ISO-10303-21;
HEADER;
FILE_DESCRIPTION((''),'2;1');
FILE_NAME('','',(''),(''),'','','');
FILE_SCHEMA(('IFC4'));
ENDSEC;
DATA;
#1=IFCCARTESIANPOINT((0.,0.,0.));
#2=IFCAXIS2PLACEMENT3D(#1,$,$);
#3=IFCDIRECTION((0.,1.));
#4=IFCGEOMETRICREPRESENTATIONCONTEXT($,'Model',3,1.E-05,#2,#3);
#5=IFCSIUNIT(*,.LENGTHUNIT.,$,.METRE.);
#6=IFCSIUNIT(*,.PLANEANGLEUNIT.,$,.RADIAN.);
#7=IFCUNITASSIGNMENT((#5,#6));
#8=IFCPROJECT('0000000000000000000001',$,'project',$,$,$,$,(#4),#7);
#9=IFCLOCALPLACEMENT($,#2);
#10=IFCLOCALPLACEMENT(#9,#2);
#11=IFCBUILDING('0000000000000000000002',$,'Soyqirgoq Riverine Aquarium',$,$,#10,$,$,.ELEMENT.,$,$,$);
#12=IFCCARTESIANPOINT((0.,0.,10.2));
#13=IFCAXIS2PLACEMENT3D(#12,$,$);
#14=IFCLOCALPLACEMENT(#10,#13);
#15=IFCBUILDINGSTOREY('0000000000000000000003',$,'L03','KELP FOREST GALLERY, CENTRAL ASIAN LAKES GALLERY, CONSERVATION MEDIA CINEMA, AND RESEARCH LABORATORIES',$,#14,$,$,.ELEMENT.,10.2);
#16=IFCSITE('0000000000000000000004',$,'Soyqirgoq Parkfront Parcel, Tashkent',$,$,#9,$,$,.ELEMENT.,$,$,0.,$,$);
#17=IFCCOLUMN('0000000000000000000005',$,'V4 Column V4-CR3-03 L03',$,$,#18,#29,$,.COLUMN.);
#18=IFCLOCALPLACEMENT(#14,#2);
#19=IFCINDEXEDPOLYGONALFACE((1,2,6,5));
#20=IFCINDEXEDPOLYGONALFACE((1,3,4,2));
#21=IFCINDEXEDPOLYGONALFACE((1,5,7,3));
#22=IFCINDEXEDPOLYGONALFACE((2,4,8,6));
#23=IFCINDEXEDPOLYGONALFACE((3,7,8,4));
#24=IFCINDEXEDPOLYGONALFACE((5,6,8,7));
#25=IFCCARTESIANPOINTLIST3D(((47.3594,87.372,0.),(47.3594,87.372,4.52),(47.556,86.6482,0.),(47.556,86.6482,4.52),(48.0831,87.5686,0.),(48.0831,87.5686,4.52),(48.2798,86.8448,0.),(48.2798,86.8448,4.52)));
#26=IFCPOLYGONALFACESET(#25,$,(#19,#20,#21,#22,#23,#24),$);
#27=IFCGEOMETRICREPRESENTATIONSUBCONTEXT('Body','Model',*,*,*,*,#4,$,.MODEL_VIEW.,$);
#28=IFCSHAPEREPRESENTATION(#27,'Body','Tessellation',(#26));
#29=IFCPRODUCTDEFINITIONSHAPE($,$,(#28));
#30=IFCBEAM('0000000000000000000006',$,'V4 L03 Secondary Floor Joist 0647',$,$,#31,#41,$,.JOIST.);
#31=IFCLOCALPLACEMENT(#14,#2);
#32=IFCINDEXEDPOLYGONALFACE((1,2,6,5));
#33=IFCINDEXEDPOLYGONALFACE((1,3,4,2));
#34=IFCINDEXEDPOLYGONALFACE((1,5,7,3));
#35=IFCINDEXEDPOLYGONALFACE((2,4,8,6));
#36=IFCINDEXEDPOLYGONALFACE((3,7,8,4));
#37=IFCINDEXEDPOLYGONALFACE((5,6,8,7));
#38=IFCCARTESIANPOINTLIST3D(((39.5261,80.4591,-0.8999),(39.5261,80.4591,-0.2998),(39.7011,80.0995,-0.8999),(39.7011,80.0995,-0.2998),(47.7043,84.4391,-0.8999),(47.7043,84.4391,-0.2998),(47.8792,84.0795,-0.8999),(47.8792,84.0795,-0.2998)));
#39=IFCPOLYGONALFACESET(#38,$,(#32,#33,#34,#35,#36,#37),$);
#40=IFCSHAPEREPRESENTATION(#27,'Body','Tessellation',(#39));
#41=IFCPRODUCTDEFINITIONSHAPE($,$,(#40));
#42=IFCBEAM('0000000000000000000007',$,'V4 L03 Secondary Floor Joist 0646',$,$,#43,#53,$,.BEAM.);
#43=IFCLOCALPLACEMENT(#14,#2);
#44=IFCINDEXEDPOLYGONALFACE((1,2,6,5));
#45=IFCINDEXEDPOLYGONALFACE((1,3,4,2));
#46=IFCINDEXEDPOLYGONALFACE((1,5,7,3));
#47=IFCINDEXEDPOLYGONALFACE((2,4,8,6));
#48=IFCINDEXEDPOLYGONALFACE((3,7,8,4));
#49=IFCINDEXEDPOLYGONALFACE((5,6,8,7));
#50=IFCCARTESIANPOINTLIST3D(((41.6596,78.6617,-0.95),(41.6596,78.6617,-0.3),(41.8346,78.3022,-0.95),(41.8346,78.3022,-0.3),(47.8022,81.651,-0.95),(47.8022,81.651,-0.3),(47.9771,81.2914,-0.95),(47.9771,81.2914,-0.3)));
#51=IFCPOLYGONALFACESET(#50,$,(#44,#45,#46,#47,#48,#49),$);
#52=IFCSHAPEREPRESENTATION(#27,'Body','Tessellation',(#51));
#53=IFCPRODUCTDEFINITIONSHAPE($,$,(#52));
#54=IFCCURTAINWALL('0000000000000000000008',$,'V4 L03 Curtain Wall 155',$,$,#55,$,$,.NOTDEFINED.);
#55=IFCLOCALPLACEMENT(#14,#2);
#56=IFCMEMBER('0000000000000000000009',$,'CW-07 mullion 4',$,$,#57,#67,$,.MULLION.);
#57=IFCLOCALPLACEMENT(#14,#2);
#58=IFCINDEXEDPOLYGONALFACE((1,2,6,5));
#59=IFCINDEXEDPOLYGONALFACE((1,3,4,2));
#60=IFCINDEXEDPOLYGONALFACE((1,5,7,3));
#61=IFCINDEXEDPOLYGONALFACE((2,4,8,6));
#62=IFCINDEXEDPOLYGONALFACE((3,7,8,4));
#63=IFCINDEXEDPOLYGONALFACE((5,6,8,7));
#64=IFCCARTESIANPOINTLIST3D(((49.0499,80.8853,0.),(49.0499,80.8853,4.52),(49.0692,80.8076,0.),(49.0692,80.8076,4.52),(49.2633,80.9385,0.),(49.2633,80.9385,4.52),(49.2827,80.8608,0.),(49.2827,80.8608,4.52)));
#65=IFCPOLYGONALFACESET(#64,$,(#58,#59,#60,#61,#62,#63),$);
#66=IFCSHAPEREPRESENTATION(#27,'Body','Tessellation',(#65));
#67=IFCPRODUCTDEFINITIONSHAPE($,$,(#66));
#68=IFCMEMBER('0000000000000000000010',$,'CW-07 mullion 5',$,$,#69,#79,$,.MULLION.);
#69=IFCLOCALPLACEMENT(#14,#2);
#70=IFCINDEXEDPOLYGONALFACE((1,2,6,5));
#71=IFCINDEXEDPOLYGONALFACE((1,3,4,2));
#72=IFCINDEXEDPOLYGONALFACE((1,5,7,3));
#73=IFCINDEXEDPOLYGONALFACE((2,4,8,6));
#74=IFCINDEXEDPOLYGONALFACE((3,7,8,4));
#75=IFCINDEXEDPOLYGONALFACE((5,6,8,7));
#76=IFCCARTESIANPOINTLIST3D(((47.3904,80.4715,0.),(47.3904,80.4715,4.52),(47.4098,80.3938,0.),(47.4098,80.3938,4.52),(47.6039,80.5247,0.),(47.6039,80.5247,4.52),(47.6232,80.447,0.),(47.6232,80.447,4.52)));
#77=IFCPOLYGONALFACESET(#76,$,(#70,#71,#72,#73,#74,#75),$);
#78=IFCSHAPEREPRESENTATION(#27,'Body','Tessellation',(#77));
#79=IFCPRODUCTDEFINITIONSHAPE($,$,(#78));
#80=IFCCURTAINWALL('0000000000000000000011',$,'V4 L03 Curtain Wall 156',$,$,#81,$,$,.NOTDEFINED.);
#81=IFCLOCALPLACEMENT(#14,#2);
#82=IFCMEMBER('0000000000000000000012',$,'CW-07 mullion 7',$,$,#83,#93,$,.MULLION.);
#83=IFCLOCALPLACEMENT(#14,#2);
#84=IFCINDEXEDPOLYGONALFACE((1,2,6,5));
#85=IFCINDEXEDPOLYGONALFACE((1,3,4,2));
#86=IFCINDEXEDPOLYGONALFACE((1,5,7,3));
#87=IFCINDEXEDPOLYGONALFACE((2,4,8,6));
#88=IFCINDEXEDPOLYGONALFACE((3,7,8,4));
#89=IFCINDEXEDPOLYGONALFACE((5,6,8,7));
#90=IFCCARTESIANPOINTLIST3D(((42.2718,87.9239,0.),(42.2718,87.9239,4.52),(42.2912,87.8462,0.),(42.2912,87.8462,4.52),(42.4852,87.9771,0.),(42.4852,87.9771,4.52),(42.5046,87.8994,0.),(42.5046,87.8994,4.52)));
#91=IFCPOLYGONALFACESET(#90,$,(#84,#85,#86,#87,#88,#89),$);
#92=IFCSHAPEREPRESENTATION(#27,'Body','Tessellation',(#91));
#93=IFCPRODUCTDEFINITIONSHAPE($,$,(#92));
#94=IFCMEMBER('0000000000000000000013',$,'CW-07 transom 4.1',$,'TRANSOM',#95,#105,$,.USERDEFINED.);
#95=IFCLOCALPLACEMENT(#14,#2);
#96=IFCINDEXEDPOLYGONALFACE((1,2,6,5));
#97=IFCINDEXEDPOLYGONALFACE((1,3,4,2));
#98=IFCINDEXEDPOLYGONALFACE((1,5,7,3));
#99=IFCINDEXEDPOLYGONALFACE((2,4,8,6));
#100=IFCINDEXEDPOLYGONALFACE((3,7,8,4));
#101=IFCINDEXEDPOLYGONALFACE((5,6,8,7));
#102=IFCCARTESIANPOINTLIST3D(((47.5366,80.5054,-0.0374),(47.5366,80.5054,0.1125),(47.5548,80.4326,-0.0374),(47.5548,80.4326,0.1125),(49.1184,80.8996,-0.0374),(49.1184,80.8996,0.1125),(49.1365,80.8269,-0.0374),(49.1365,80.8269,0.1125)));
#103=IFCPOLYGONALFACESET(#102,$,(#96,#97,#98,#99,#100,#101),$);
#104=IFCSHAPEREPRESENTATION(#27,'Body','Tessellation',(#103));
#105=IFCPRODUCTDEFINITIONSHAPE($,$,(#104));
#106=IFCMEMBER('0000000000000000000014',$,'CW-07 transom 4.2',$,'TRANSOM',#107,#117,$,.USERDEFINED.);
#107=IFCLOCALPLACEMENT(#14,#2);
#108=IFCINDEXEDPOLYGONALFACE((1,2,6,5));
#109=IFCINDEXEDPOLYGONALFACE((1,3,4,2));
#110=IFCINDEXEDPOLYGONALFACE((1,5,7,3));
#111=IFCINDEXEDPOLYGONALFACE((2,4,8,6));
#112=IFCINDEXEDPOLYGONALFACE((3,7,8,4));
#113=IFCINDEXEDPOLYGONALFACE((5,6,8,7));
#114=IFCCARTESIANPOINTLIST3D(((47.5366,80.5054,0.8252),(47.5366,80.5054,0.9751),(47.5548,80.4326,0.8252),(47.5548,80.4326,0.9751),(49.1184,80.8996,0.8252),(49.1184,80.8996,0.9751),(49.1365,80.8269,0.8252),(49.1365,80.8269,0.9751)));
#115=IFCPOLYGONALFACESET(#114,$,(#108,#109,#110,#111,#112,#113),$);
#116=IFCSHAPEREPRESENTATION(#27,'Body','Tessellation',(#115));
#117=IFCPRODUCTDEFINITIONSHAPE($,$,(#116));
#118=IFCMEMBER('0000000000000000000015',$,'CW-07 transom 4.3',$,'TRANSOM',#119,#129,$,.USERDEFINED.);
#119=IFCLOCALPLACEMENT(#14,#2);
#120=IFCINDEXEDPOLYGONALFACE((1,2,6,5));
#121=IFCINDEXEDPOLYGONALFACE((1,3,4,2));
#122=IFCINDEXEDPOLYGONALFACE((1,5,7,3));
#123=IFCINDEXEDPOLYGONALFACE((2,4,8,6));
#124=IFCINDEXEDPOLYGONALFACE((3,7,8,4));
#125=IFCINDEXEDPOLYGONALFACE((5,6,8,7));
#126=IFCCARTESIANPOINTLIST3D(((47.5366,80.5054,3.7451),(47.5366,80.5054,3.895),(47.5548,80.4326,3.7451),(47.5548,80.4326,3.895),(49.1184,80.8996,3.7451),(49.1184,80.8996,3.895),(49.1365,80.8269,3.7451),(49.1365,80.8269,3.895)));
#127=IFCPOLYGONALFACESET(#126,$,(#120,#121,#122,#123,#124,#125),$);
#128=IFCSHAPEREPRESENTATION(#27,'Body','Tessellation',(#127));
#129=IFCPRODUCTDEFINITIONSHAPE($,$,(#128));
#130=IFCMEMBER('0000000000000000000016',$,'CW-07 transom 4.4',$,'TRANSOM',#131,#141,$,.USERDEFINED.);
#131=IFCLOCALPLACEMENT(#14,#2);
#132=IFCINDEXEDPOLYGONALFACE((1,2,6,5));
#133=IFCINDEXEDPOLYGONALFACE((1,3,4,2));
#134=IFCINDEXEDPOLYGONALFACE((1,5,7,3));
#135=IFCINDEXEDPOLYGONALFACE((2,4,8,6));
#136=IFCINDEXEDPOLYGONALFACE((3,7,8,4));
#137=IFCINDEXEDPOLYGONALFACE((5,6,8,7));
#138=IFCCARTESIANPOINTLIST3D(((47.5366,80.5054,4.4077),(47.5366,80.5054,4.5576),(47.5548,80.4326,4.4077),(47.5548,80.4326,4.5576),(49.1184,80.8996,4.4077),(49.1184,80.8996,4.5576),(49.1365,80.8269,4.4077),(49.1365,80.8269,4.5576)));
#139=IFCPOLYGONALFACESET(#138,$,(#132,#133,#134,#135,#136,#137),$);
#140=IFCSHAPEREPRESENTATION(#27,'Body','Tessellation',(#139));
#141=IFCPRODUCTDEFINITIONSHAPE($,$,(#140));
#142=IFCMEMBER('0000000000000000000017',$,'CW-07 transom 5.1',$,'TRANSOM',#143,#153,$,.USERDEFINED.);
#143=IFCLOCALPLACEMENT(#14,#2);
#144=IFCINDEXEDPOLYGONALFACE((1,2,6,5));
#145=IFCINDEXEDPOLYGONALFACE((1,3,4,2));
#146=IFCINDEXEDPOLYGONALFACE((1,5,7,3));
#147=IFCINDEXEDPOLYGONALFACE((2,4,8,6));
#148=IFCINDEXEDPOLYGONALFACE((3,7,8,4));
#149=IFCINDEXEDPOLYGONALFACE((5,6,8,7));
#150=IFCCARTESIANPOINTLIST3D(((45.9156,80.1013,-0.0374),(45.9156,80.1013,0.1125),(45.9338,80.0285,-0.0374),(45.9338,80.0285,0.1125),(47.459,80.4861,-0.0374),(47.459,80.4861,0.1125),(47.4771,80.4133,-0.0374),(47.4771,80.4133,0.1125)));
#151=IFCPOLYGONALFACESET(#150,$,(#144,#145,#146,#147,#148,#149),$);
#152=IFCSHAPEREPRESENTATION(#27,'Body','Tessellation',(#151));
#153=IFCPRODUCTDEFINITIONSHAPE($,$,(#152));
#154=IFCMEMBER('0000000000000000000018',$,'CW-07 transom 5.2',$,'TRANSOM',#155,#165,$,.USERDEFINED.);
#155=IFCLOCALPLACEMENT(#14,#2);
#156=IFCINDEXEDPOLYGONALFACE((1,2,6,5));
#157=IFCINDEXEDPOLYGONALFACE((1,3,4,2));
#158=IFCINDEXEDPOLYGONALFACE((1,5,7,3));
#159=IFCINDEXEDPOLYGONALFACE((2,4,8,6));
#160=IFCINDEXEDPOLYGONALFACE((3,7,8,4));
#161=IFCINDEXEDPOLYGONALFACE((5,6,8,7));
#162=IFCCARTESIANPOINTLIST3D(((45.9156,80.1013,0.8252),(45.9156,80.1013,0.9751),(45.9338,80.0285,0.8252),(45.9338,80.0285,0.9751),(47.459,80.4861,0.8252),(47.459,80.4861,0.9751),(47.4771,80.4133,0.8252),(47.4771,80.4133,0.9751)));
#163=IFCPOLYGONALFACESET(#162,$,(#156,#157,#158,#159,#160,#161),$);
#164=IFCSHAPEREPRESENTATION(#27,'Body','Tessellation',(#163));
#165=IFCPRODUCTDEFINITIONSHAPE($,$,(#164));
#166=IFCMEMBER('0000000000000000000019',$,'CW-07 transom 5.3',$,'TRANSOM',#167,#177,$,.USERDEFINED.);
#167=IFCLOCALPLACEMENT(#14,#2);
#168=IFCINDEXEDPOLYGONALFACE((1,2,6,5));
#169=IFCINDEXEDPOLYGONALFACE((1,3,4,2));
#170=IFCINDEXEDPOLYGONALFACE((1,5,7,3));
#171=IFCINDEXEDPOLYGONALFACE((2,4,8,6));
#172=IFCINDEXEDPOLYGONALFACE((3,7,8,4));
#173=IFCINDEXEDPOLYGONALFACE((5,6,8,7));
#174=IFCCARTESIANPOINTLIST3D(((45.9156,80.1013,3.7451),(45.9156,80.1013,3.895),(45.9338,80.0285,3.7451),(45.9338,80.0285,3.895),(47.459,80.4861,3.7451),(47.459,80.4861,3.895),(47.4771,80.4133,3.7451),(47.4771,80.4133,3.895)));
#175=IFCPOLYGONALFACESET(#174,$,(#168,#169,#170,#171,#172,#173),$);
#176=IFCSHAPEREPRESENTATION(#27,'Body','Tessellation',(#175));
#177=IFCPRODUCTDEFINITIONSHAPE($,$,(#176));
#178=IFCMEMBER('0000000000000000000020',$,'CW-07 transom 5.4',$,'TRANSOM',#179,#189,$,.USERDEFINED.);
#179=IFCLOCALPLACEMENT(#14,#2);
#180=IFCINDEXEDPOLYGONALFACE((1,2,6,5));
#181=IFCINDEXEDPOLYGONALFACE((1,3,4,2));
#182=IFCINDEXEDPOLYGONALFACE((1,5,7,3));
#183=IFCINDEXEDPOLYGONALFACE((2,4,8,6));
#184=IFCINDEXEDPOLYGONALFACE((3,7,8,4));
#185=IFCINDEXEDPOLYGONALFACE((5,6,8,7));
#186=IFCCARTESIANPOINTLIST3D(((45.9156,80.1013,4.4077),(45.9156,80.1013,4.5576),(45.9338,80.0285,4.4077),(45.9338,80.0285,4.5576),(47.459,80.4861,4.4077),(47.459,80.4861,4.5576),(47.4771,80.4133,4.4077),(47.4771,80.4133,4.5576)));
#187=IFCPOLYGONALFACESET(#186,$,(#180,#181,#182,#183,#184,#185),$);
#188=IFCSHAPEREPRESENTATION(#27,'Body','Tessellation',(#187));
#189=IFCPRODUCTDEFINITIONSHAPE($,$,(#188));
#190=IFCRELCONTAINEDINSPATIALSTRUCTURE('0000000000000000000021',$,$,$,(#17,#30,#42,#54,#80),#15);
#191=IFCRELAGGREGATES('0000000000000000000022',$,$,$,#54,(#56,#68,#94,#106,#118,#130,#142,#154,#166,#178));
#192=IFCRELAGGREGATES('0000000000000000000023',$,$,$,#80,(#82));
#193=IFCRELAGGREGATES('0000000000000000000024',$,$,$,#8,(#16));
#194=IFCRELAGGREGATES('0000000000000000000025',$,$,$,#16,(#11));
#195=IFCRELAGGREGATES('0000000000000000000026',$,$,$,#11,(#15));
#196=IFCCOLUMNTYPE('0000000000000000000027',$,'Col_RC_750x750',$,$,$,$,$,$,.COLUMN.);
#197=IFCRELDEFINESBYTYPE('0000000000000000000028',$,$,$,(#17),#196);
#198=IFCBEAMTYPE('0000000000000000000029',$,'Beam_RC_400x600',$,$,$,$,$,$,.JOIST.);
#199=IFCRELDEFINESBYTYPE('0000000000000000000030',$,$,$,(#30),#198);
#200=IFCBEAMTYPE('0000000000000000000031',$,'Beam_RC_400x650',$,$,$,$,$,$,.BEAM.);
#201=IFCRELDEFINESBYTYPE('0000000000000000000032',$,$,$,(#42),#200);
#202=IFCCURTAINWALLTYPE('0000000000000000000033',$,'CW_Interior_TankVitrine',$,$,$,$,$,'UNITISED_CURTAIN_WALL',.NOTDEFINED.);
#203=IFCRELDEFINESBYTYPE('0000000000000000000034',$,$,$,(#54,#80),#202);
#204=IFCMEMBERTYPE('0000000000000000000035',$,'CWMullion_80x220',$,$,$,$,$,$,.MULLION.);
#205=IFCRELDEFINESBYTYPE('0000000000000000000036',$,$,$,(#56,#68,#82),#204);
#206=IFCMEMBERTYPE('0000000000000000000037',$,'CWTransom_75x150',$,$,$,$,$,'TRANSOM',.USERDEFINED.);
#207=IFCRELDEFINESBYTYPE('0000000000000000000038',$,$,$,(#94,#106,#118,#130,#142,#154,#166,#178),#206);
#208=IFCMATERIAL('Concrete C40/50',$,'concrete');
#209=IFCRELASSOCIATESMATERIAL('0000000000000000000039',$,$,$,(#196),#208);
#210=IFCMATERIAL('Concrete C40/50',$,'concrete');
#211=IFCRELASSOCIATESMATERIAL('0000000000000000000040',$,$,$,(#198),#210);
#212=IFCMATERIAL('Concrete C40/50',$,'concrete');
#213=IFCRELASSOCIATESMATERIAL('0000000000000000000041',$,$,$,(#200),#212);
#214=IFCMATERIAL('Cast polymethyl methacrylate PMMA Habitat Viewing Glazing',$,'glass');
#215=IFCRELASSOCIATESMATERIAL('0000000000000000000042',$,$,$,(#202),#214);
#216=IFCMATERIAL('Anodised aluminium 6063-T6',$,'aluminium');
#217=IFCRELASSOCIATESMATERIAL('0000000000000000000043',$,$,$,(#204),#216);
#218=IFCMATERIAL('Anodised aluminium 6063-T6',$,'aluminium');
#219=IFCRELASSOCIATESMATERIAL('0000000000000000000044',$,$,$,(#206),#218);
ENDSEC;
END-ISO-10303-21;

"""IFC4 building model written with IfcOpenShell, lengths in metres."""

from ifc_helpers import new_model, si_unit, direction, frame, origin, origin_2d, place, context, subcontext, project, spatial, rectangle, extrude, material, material_profile, profile_set, type_object, element, aggregate, save


model = new_model("IFC4")

# Units and contexts
model_context = context("Model", 3, precision=1e-05, world=origin(), true_north=direction((0.0, 1.0)))
body_context = subcontext(model_context, "Body", "Model", "MODEL_VIEW")
ifc_project = project(units=[si_unit("LENGTHUNIT", "METRE"), si_unit("PLANEANGLEUNIT", "RADIAN")], contexts=[model_context])

# Site, building, storey
site_placement = place(None, origin())
site = spatial("IfcSite", under=ifc_project, at=site_placement, Name="Soyqirgoq Parkfront Parcel, Tashkent", CompositionType="ELEMENT", RefElevation=0.0)
building_placement = place(site_placement, origin())
building = spatial("IfcBuilding", under=site, at=building_placement, Name="Soyqirgoq Riverine Aquarium", CompositionType="ELEMENT")
storey_placement = place(building_placement, frame((0.0, 0.0, 10.2)))
storey = spatial("IfcBuildingStorey", under=building, at=storey_placement, Name="L03", Description="KELP FOREST GALLERY, CENTRAL ASIAN LAKES GALLERY, CONSERVATION MEDIA CINEMA, AND RESEARCH LABORATORIES", CompositionType="ELEMENT", Elevation=10.2)

# Column
ifc_material_1 = material(Name="Concrete C40/50", Category="concrete")
ifc_material_profile_1 = material_profile(ifc_material_1, rectangle(XDim=0.75, YDim=0.75, at=origin_2d()), Name="RC 750x750")
ifc_profile_set_1 = profile_set([ifc_material_profile_1], Name="Concrete C40/50")
column_type = type_object("IfcColumnType", Name="Col_RC_750x750", PredefinedType="COLUMN", material=ifc_profile_set_1)
column_placement = place(storey_placement, frame((47.8196, 87.1084, 0.0), z_axis=(0.0, 0.0, 1.0), x_axis=(-0.262189, 0.965016, 0.0)))
element("IfcColumn", 1, at=column_placement, inside=storey, type_object=column_type, Name="V4 Column V4-CR3-03 L03", PredefinedType="COLUMN", context=body_context, shape_type="SweptSolid", body=[
    extrude(rectangle(XDim=0.75, YDim=0.75, at=origin_2d()), origin(), (0.0, 0.0, 1.0), 4.52),
])

# Beams
ifc_material_2 = material(Name="Concrete C40/50", Category="concrete")
ifc_material_profile_2 = material_profile(ifc_material_2, rectangle(XDim=0.3999, YDim=0.6001, at=origin_2d()), Name="RC 400x600")
ifc_profile_set_2 = profile_set([ifc_material_profile_2], Name="Concrete C40/50")
beam_type_1 = type_object("IfcBeamType", Name="Beam_RC_400x600", PredefinedType="JOIST", material=ifc_profile_set_2)
beam_1_placement = place(storey_placement, frame((47.7917, 84.2593, -0.5999), z_axis=(-0.899175, -0.437589, 0.0), x_axis=(0.437589, -0.899175, 0.0)))
element("IfcBeam", 2, at=beam_1_placement, inside=storey, type_object=beam_type_1, Name="V4 L03 Secondary Floor Joist 0647", PredefinedType="JOIST", context=body_context, shape_type="SweptSolid", body=[
    extrude(rectangle(XDim=0.3999, YDim=0.6001, at=origin_2d()), origin(), (0.0, 0.0, 1.0), 9.0952),
])
ifc_material_3 = material(Name="Concrete C40/50", Category="concrete")
ifc_material_profile_3 = material_profile(ifc_material_3, rectangle(XDim=0.3999, YDim=0.6499, at=origin_2d()), Name="RC 400x650")
ifc_profile_set_3 = profile_set([ifc_material_profile_3], Name="Concrete C40/50")
beam_type_2 = type_object("IfcBeamType", Name="Beam_RC_400x650", PredefinedType="BEAM", material=ifc_profile_set_3)
beam_2_placement = place(storey_placement, frame((47.8896, 81.4712, -0.625), z_axis=(-0.899179, -0.437581, 0.0), x_axis=(0.437581, -0.899179, 0.0)))
element("IfcBeam", 3, at=beam_2_placement, inside=storey, type_object=beam_type_2, Name="V4 L03 Secondary Floor Joist 0646", PredefinedType="BEAM", context=body_context, shape_type="SweptSolid", body=[
    extrude(rectangle(XDim=0.3999, YDim=0.6499, at=origin_2d()), origin(), (0.0, 0.0, 1.0), 6.8313),
])

# Curtain wall, members
ifc_material_4 = material(Name="Cast polymethyl methacrylate PMMA Habitat Viewing Glazing", Category="glass")
curtain_wall_type = type_object("IfcCurtainWallType", Name="CW_Interior_TankVitrine", ElementType="UNITISED_CURTAIN_WALL", PredefinedType="NOTDEFINED", material=ifc_material_4)
curtain_wall_1_placement = place(storey_placement, origin())
curtain_wall_1 = element("IfcCurtainWall", 4, at=curtain_wall_1_placement, inside=storey, type_object=curtain_wall_type, Name="V4 L03 Curtain Wall 155", PredefinedType="NOTDEFINED")
ifc_material_5 = material(Name="Anodised aluminium 6063-T6", Category="aluminium")
ifc_material_profile_4 = material_profile(ifc_material_5, rectangle(XDim=0.0801, YDim=0.22, at=origin_2d()), Name="ALU-M 80x220")
ifc_profile_set_4 = profile_set([ifc_material_profile_4], Name="Anodised aluminium 6063-T6")
member_type_1 = type_object("IfcMemberType", Name="CWMullion_80x220", PredefinedType="MULLION", material=ifc_profile_set_4)
member_1_placement = place(storey_placement, frame((49.1663, 80.873, 0.0), z_axis=(0.0, 0.0, 1.0), x_axis=(0.241922, -0.970296, 0.0)))
member_1 = element("IfcMember", 5, at=member_1_placement, type_object=member_type_1, Name="CW-07 mullion 4", PredefinedType="MULLION", context=body_context, shape_type="SweptSolid", body=[
    extrude(rectangle(XDim=0.0801, YDim=0.22, at=origin_2d()), origin(), (0.0, 0.0, 1.0), 4.52),
])
member_2_placement = place(storey_placement, frame((47.5068, 80.4592, 0.0), z_axis=(0.0, 0.0, 1.0), x_axis=(0.241922, -0.970296, 0.0)))
member_2 = element("IfcMember", 6, at=member_2_placement, type_object=member_type_1, Name="CW-07 mullion 5", PredefinedType="MULLION", context=body_context, shape_type="SweptSolid", body=[
    extrude(rectangle(XDim=0.0801, YDim=0.22, at=origin_2d()), origin(), (0.0, 0.0, 1.0), 4.52),
])

# Curtain wall, member
curtain_wall_2_placement = place(storey_placement, origin())
curtain_wall_2 = element("IfcCurtainWall", 7, at=curtain_wall_2_placement, inside=storey, type_object=curtain_wall_type, Name="V4 L03 Curtain Wall 156", PredefinedType="NOTDEFINED")
member_3_placement = place(storey_placement, frame((42.3882, 87.9116, 0.0), z_axis=(0.0, 0.0, 1.0), x_axis=(0.241926, -0.970295, 0.0)))
member_3 = element("IfcMember", 8, at=member_3_placement, type_object=member_type_1, Name="CW-07 mullion 7", PredefinedType="MULLION", context=body_context, shape_type="SweptSolid", body=[
    extrude(rectangle(XDim=0.0801, YDim=0.22, at=origin_2d()), origin(), (0.0, 0.0, 1.0), 4.52),
])

# Members
ifc_material_6 = material(Name="Anodised aluminium 6063-T6", Category="aluminium")
ifc_material_profile_5 = material_profile(ifc_material_6, rectangle(XDim=0.075, YDim=0.1499, at=origin_2d()), Name="ALU-T 75x150")
ifc_profile_set_5 = profile_set([ifc_material_profile_5], Name="Anodised aluminium 6063-T6")
member_type_2 = type_object("IfcMemberType", Name="CWTransom_75x150", ElementType="TRANSOM", PredefinedType="USERDEFINED", material=ifc_profile_set_5)
member_4_placement = place(storey_placement, frame((49.1274, 80.8633, 0.0376), z_axis=(-0.97031, -0.241866, 0.0), x_axis=(0.241866, -0.97031, 0.0)))
member_4 = element("IfcMember", 9, at=member_4_placement, type_object=member_type_2, Name="CW-07 transom 4.1", ObjectType="TRANSOM", PredefinedType="USERDEFINED", context=body_context, shape_type="SweptSolid", body=[
    extrude(rectangle(XDim=0.075, YDim=0.1499, at=origin_2d()), origin(), (0.0, 0.0, 1.0), 1.6301),
])
member_5_placement = place(storey_placement, frame((49.1274, 80.8633, 0.9001), z_axis=(-0.97031, -0.241866, 0.0), x_axis=(0.241866, -0.97031, 0.0)))
member_5 = element("IfcMember", 10, at=member_5_placement, type_object=member_type_2, Name="CW-07 transom 4.2", ObjectType="TRANSOM", PredefinedType="USERDEFINED", context=body_context, shape_type="SweptSolid", body=[
    extrude(rectangle(XDim=0.075, YDim=0.1499, at=origin_2d()), origin(), (0.0, 0.0, 1.0), 1.6301),
])
member_6_placement = place(storey_placement, frame((49.1274, 80.8633, 3.8201), z_axis=(-0.97031, -0.241866, 0.0), x_axis=(0.241866, -0.97031, 0.0)))
member_6 = element("IfcMember", 11, at=member_6_placement, type_object=member_type_2, Name="CW-07 transom 4.3", ObjectType="TRANSOM", PredefinedType="USERDEFINED", context=body_context, shape_type="SweptSolid", body=[
    extrude(rectangle(XDim=0.075, YDim=0.1499, at=origin_2d()), origin(), (0.0, 0.0, 1.0), 1.6301),
])
member_7_placement = place(storey_placement, frame((49.1274, 80.8633, 4.4827), z_axis=(-0.97031, -0.241866, 0.0), x_axis=(0.241866, -0.97031, 0.0)))
member_7 = element("IfcMember", 12, at=member_7_placement, type_object=member_type_2, Name="CW-07 transom 4.4", ObjectType="TRANSOM", PredefinedType="USERDEFINED", context=body_context, shape_type="SweptSolid", body=[
    extrude(rectangle(XDim=0.075, YDim=0.1499, at=origin_2d()), origin(), (0.0, 0.0, 1.0), 1.6301),
])
member_8_placement = place(storey_placement, frame((47.468, 80.4497, 0.0376), z_axis=(-0.970296, -0.241922, 0.0), x_axis=(0.241922, -0.970296, 0.0)))
member_8 = element("IfcMember", 13, at=member_8_placement, type_object=member_type_2, Name="CW-07 transom 5.1", ObjectType="TRANSOM", PredefinedType="USERDEFINED", context=body_context, shape_type="SweptSolid", body=[
    extrude(rectangle(XDim=0.075, YDim=0.1499, at=origin_2d()), origin(), (0.0, 0.0, 1.0), 1.5906),
])
member_9_placement = place(storey_placement, frame((47.468, 80.4497, 0.9001), z_axis=(-0.970296, -0.241922, 0.0), x_axis=(0.241922, -0.970296, 0.0)))
member_9 = element("IfcMember", 14, at=member_9_placement, type_object=member_type_2, Name="CW-07 transom 5.2", ObjectType="TRANSOM", PredefinedType="USERDEFINED", context=body_context, shape_type="SweptSolid", body=[
    extrude(rectangle(XDim=0.075, YDim=0.1499, at=origin_2d()), origin(), (0.0, 0.0, 1.0), 1.5906),
])
member_10_placement = place(storey_placement, frame((47.468, 80.4497, 3.8201), z_axis=(-0.970296, -0.241922, 0.0), x_axis=(0.241922, -0.970296, 0.0)))
member_10 = element("IfcMember", 15, at=member_10_placement, type_object=member_type_2, Name="CW-07 transom 5.3", ObjectType="TRANSOM", PredefinedType="USERDEFINED", context=body_context, shape_type="SweptSolid", body=[
    extrude(rectangle(XDim=0.075, YDim=0.1499, at=origin_2d()), origin(), (0.0, 0.0, 1.0), 1.5906),
])
member_11_placement = place(storey_placement, frame((47.468, 80.4497, 4.4827), z_axis=(-0.970296, -0.241922, 0.0), x_axis=(0.241922, -0.970296, 0.0)))
member_11 = element("IfcMember", 16, at=member_11_placement, type_object=member_type_2, Name="CW-07 transom 5.4", ObjectType="TRANSOM", PredefinedType="USERDEFINED", context=body_context, shape_type="SweptSolid", body=[
    extrude(rectangle(XDim=0.075, YDim=0.1499, at=origin_2d()), origin(), (0.0, 0.0, 1.0), 1.5906),
])

aggregate(curtain_wall_1, [member_1, member_2, member_4, member_5, member_6, member_7, member_8, member_9, member_10, member_11])
aggregate(curtain_wall_2, [member_3])

save(model, "model.ifc")
